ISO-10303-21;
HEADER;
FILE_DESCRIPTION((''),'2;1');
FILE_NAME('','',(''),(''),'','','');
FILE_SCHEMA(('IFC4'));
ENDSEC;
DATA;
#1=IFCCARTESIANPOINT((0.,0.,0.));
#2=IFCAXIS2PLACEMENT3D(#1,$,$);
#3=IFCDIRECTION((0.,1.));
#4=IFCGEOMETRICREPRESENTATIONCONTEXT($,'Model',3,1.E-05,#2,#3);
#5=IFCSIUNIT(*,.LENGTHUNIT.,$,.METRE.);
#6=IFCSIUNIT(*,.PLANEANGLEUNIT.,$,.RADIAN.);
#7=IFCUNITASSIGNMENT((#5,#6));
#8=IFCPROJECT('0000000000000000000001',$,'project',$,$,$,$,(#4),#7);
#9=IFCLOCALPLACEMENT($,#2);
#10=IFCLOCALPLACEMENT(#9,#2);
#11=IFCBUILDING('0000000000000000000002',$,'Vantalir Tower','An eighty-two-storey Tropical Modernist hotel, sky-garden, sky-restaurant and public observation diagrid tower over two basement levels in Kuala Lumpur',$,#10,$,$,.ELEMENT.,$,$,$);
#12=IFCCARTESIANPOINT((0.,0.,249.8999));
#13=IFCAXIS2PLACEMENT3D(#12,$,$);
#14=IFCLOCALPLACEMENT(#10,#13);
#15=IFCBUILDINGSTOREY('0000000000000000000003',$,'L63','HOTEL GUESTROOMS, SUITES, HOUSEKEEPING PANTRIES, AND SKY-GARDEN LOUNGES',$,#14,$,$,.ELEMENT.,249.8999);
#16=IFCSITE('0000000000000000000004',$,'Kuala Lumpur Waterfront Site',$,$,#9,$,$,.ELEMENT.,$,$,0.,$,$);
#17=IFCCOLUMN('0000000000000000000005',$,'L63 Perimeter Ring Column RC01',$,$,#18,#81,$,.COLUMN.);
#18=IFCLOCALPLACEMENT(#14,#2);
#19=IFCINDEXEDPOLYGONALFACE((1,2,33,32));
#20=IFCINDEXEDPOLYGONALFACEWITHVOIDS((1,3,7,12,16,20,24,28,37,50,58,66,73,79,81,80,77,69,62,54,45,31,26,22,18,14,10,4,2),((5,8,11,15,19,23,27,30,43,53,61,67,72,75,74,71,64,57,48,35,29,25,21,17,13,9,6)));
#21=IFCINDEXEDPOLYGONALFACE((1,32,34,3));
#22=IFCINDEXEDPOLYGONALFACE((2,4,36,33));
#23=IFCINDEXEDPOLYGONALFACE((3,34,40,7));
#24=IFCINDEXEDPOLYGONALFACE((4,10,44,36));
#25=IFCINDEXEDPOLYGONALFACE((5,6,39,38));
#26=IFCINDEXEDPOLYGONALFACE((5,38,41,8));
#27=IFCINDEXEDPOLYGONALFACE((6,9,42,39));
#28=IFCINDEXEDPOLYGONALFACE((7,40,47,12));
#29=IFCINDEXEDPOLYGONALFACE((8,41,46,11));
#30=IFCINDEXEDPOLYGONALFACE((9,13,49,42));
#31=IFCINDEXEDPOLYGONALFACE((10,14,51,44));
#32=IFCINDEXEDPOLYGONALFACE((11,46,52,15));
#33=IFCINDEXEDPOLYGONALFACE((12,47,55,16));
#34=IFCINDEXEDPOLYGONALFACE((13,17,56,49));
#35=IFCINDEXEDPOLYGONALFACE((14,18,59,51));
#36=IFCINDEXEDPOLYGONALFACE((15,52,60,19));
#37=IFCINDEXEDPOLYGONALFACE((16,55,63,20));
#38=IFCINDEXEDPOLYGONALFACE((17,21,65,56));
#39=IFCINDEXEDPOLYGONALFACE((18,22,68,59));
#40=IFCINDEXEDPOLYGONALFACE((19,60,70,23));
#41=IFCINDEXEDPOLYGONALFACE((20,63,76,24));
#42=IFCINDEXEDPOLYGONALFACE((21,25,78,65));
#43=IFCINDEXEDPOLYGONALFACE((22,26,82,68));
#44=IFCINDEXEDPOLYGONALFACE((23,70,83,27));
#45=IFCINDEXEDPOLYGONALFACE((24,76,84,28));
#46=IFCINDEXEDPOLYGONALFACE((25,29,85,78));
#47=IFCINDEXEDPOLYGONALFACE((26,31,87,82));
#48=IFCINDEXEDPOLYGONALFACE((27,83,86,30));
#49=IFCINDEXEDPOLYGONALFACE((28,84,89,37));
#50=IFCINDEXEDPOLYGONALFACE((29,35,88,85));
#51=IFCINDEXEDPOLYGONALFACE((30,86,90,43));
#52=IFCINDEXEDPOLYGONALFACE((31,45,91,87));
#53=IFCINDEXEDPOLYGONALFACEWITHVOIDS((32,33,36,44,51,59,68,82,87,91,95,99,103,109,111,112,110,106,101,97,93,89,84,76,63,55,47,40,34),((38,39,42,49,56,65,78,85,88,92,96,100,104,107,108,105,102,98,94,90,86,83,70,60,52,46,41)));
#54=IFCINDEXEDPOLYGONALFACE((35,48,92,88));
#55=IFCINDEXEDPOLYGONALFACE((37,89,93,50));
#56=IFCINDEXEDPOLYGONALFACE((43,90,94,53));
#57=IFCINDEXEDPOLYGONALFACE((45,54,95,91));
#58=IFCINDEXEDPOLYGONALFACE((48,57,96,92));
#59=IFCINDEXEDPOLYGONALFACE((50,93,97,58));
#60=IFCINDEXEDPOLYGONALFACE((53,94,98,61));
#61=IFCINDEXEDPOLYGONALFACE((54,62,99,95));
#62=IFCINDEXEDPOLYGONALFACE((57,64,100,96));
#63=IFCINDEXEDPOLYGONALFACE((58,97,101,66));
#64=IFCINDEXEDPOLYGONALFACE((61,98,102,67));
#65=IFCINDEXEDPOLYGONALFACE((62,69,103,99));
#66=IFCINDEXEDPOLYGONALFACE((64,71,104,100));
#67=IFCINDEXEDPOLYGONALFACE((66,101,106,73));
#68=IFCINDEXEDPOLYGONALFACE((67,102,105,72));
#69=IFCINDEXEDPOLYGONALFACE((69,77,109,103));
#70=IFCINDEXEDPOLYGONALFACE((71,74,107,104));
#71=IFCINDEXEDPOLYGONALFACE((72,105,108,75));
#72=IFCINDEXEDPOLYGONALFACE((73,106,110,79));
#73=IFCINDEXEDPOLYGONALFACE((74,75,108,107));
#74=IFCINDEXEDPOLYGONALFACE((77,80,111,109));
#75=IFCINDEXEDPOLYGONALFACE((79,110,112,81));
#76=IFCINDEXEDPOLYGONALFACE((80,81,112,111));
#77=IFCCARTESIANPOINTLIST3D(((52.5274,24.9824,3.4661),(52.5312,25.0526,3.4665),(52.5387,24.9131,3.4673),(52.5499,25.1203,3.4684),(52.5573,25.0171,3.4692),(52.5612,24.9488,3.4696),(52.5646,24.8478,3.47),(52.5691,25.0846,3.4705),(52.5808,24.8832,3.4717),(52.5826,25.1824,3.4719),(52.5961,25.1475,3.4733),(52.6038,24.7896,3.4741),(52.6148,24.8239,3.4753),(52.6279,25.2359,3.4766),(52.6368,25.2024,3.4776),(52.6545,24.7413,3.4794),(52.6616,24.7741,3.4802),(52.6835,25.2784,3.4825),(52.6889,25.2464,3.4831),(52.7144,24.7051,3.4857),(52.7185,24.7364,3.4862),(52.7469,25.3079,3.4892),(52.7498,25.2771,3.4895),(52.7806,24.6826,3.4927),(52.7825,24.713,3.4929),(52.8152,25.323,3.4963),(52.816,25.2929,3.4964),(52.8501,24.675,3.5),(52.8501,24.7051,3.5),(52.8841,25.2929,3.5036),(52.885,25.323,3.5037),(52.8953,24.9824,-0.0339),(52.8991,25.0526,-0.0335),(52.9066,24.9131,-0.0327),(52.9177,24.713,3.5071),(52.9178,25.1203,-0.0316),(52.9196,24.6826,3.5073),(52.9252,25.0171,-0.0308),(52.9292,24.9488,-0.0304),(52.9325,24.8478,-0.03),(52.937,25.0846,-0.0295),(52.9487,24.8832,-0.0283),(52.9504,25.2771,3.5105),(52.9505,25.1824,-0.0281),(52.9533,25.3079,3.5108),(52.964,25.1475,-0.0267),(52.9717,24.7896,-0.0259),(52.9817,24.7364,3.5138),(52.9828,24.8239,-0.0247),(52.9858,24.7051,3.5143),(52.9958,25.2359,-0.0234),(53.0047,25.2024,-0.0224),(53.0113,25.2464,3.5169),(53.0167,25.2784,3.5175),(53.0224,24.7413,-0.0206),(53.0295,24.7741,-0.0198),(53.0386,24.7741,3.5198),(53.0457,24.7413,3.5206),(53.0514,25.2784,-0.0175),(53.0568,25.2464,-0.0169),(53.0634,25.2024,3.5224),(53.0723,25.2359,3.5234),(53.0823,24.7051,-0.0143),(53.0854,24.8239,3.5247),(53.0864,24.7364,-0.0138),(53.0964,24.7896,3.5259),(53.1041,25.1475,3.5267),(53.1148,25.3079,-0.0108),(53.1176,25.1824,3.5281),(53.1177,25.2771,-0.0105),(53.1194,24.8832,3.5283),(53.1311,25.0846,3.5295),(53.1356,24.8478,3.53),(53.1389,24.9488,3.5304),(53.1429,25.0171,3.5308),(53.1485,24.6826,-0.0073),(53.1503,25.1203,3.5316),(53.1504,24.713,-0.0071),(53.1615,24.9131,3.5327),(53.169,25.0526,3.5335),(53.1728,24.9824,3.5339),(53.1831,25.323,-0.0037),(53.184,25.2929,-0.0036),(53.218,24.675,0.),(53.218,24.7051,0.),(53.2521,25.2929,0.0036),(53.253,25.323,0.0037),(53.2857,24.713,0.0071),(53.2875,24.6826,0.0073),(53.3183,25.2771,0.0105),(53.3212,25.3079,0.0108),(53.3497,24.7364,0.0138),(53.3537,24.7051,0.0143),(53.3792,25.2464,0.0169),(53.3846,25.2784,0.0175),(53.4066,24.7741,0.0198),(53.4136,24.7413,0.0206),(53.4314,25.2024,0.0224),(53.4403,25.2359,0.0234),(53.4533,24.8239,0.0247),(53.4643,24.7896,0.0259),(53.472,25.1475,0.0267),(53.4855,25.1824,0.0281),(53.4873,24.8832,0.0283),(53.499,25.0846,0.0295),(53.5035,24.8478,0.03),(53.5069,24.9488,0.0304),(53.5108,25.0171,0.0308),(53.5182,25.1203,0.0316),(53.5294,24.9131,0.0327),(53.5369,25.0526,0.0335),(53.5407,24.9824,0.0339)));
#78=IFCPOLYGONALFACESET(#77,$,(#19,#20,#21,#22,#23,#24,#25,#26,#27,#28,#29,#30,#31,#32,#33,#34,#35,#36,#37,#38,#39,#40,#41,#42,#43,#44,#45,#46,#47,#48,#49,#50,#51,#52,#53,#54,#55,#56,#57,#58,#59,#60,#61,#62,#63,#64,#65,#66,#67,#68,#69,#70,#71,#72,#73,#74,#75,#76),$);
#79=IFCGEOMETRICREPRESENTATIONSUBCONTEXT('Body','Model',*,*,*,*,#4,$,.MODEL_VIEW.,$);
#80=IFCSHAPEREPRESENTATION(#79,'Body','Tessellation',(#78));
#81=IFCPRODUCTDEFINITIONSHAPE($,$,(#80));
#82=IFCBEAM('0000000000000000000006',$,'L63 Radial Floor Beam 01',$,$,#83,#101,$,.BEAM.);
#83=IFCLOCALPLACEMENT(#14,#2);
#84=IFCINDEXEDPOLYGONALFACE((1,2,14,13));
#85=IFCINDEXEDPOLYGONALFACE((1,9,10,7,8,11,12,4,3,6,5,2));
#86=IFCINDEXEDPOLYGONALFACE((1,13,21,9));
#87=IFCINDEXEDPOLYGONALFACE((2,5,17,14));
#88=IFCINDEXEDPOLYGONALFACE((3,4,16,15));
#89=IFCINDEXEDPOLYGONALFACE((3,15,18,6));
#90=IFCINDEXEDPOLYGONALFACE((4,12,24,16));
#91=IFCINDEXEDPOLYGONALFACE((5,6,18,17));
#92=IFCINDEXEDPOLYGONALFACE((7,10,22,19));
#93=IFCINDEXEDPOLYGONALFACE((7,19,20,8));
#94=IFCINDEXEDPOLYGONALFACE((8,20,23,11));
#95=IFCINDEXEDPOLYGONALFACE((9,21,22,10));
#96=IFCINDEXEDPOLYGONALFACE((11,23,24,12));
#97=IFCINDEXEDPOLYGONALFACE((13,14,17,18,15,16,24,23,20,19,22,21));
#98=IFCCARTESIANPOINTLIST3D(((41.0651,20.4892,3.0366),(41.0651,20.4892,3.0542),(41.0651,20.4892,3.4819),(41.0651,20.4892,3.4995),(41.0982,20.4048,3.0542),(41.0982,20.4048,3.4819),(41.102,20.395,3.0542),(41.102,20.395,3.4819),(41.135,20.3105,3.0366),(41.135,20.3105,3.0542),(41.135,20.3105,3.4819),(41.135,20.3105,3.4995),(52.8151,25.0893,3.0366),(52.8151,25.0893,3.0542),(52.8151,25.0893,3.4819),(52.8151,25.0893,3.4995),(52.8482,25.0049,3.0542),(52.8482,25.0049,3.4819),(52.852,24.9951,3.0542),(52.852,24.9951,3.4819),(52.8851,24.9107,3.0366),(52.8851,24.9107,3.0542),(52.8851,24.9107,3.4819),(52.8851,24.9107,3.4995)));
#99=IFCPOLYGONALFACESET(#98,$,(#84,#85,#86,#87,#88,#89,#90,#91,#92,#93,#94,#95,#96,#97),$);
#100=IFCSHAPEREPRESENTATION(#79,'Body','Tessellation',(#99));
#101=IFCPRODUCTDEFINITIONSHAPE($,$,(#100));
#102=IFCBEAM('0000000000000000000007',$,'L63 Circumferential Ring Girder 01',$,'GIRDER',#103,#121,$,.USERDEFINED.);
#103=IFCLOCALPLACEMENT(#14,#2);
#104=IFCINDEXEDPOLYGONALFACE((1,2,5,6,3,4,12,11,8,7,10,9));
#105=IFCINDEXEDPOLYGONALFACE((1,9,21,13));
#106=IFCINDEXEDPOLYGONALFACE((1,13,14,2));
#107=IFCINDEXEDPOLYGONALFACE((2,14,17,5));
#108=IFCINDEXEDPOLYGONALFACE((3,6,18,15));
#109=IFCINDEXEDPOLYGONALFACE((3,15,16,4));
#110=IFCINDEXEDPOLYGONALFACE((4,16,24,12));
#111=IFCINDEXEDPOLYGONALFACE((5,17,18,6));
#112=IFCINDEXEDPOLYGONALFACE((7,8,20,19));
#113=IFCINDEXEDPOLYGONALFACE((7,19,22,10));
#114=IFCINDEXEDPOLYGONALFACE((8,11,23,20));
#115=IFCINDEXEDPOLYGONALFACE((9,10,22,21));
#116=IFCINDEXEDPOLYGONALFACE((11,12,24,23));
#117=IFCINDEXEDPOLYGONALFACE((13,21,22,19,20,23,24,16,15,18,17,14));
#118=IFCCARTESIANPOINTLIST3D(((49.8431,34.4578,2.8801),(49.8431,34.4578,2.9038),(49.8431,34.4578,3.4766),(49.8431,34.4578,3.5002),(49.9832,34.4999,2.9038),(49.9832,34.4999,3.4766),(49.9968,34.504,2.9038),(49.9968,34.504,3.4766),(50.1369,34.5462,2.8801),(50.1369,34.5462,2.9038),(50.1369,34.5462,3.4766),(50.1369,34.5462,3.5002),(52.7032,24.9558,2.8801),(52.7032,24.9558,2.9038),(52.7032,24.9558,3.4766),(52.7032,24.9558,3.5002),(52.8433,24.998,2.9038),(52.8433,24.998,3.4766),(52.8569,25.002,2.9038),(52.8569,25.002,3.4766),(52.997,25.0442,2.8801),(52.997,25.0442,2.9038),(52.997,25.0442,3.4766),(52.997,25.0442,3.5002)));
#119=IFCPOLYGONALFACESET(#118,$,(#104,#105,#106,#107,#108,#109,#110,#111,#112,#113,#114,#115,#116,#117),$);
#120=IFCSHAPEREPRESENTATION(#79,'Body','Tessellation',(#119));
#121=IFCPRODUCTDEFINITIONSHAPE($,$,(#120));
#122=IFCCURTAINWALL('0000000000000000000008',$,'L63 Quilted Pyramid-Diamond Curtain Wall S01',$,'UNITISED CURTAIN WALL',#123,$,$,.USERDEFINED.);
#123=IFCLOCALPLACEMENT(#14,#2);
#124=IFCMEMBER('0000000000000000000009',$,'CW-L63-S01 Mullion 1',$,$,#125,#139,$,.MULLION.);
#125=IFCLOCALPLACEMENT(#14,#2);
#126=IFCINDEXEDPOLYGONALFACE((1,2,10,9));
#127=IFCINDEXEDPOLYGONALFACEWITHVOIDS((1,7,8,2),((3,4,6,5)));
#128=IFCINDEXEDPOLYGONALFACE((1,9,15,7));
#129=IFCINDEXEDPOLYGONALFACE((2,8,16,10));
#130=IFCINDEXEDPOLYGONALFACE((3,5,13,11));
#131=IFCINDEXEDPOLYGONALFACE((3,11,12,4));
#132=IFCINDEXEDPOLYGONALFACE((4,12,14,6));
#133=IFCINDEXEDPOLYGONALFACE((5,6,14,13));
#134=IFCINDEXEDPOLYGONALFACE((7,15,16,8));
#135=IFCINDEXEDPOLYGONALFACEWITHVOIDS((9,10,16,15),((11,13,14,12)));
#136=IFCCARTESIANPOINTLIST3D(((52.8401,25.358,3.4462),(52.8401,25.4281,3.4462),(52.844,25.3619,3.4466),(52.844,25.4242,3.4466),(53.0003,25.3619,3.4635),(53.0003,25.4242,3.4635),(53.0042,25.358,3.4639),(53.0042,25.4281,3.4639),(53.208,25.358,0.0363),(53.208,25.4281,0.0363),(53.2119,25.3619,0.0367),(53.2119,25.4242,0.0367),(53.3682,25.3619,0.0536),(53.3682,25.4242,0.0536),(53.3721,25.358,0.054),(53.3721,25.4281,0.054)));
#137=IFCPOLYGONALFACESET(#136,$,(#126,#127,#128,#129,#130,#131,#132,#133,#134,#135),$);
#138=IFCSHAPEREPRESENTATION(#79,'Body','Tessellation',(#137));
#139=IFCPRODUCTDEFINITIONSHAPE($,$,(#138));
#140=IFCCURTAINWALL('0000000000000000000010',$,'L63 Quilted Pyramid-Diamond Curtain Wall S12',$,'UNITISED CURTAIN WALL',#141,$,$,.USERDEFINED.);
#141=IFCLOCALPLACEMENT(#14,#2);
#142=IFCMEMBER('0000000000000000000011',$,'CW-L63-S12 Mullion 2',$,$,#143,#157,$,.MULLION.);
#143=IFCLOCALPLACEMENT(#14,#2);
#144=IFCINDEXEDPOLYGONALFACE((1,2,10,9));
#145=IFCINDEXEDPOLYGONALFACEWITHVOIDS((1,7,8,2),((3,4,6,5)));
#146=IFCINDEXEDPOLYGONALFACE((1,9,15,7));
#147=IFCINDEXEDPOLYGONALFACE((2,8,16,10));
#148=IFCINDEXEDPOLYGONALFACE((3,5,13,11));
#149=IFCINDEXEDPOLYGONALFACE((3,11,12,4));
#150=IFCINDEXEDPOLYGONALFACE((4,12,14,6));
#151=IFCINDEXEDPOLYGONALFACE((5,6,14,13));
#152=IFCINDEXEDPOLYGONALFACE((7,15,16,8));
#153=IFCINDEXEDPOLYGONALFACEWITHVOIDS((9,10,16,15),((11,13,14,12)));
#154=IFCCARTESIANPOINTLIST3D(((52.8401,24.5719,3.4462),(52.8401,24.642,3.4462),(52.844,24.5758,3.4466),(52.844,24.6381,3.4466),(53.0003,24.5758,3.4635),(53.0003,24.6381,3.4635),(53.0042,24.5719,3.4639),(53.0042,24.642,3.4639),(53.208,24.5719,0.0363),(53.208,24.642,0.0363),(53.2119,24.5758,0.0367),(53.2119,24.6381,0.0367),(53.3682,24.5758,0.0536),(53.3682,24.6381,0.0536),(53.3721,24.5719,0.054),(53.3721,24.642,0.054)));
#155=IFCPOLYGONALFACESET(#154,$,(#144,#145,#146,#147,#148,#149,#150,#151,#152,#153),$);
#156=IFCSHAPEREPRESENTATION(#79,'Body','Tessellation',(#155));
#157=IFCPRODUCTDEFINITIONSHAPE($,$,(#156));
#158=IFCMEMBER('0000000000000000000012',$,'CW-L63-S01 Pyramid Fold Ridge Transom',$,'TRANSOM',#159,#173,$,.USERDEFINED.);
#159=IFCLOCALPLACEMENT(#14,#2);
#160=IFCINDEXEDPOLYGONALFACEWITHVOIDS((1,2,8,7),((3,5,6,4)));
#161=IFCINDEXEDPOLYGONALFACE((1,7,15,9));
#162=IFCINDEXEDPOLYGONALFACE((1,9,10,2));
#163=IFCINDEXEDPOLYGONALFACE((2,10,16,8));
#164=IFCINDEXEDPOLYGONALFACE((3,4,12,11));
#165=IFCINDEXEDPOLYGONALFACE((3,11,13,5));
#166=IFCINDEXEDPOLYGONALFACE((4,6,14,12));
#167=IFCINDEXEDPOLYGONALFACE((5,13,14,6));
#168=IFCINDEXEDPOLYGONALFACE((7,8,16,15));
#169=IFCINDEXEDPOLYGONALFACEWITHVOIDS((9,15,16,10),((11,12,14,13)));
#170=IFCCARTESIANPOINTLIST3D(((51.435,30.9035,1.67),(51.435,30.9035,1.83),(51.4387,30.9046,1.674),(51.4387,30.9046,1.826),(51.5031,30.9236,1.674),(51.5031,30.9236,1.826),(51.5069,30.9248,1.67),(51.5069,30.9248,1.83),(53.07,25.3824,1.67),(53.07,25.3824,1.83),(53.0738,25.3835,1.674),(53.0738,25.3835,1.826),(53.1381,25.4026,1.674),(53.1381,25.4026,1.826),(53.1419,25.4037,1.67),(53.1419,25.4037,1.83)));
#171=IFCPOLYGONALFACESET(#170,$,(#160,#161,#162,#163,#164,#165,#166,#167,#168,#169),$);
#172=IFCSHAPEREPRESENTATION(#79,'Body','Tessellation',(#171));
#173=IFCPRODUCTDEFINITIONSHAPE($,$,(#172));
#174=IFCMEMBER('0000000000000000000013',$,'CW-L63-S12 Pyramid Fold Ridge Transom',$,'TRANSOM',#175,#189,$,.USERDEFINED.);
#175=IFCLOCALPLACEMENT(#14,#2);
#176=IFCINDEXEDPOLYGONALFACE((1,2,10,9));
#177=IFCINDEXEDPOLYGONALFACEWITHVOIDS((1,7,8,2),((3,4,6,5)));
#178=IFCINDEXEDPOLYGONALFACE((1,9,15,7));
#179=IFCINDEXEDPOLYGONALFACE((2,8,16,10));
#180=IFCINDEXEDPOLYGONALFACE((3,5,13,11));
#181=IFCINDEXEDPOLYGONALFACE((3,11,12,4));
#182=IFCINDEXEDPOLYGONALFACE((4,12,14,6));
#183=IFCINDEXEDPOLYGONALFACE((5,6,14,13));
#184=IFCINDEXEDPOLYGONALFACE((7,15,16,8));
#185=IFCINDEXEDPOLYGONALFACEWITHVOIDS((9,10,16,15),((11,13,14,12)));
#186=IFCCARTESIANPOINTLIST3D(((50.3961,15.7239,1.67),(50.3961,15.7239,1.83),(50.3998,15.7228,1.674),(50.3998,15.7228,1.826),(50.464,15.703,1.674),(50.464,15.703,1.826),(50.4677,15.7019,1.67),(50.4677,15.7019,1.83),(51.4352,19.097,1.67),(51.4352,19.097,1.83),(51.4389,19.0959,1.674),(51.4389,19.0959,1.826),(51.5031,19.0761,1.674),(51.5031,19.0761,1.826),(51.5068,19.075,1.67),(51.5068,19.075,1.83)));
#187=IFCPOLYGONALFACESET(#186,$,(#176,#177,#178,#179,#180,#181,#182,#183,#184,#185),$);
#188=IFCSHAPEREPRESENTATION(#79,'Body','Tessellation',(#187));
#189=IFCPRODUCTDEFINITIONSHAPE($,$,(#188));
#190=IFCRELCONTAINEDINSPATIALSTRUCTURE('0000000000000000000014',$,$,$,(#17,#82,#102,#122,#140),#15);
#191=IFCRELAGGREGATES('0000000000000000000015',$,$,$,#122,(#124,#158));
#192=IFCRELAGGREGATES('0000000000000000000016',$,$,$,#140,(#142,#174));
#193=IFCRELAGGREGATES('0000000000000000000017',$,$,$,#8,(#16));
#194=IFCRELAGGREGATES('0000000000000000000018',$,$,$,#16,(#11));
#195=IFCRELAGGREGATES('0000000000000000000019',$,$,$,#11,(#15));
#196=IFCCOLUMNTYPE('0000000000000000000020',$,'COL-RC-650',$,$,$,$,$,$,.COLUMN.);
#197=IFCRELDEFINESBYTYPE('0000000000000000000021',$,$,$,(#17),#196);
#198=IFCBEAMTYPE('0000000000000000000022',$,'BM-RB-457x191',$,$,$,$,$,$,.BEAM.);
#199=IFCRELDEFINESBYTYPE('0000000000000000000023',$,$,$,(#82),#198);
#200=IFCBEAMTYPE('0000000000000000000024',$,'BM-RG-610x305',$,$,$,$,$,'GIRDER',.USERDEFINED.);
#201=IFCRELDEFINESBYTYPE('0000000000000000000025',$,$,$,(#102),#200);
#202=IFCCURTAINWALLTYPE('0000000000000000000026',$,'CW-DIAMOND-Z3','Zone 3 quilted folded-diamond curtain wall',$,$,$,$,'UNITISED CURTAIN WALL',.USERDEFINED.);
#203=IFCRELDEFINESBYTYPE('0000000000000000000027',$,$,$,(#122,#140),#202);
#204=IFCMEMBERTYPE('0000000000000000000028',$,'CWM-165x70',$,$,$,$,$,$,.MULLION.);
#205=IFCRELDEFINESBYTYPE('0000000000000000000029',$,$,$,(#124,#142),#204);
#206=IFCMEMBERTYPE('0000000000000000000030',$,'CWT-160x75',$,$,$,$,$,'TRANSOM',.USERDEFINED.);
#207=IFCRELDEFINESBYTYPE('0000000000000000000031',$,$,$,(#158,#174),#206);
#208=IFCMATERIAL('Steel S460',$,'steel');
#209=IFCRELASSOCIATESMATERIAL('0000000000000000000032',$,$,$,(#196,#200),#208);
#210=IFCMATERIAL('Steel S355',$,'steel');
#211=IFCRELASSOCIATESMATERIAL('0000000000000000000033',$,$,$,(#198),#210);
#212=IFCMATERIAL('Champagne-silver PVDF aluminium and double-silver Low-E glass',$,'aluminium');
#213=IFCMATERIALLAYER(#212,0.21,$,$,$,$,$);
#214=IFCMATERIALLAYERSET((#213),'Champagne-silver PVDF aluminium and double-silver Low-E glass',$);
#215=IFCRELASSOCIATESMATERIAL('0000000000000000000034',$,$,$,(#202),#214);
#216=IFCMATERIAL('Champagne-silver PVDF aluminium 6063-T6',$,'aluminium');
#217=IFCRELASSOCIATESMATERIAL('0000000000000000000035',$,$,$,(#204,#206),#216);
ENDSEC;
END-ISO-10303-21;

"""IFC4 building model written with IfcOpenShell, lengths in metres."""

from ifc_helpers import new_model, si_unit, direction, frame, origin, origin_2d, place, context, subcontext, project, spatial, hollow_rectangle, hollow_circle, i_section, extrude, material, layer, layer_set, material_profile, profile_set, type_object, element, aggregate, save


model = new_model("IFC4")

# Units and contexts
model_context = context("Model", 3, precision=1e-05, world=origin(), true_north=direction((0.0, 1.0)))
body_context = subcontext(model_context, "Body", "Model", "MODEL_VIEW")
ifc_project = project(units=[si_unit("LENGTHUNIT", "METRE"), si_unit("PLANEANGLEUNIT", "RADIAN")], contexts=[model_context])

# Site, building, storey
site_placement = place(None, origin())
site = spatial("IfcSite", under=ifc_project, at=site_placement, Name="Kuala Lumpur Waterfront Site", CompositionType="ELEMENT", RefElevation=0.0)
building_placement = place(site_placement, origin())
building = spatial("IfcBuilding", under=site, at=building_placement, Name="Vantalir Tower", Description="An eighty-two-storey Tropical Modernist hotel, sky-garden, sky-restaurant and public observation diagrid tower over two basement levels in Kuala Lumpur", CompositionType="ELEMENT")
storey_placement = place(building_placement, frame((0.0, 0.0, 249.8999)))
storey = spatial("IfcBuildingStorey", under=building, at=storey_placement, Name="L63", Description="HOTEL GUESTROOMS, SUITES, HOUSEKEEPING PANTRIES, AND SKY-GARDEN LOUNGES", CompositionType="ELEMENT", Elevation=249.8999)

# Column
ifc_material_1 = material(Name="Steel S460", Category="steel")
ifc_material_profile_1 = material_profile(ifc_material_1, hollow_circle(Radius=0.325, WallThickness=0.03, at=origin_2d()), Name="Steel S460")
ifc_profile_set_1 = profile_set([ifc_material_profile_1], Name="Steel S460")
column_type = type_object("IfcColumnType", Name="COL-RC-650", PredefinedType="COLUMN", material=ifc_profile_set_1)
column_placement = place(storey_placement, frame((53.218, 25.0, 0.0), z_axis=(-0.104544, 0.0, 0.99452), x_axis=(0.0, -1.0, 0.0)))
element("IfcColumn", 1, at=column_placement, inside=storey, type_object=column_type, Name="L63 Perimeter Ring Column RC01", PredefinedType="COLUMN", context=body_context, shape_type="SweptSolid", body=[
    extrude(hollow_circle(Radius=0.325, WallThickness=0.03, at=origin_2d()), origin(), (0.0, 0.0, 1.0), 3.5193),
])

# Beams
ifc_material_2 = material(Name="Steel S355", Category="steel")
ifc_material_profile_2 = material_profile(ifc_material_2, i_section(OverallWidth=0.1919, OverallDepth=0.4629, WebThickness=0.0105, FlangeThickness=0.0176, at=origin_2d()), Name="Steel S355")
ifc_profile_set_2 = profile_set([ifc_material_profile_2], Name="Steel S355")
beam_type_1 = type_object("IfcBeamType", Name="BM-RB-457x191", PredefinedType="BEAM", material=ifc_profile_set_2)
beam_1_placement = place(storey_placement, frame((52.8501, 25.0, 3.2681), z_axis=(-0.931182, -0.364555, 0.0), x_axis=(0.364555, -0.931182, 0.0)))
element("IfcBeam", 2, at=beam_1_placement, inside=storey, type_object=beam_type_1, Name="L63 Radial Floor Beam 01", PredefinedType="BEAM", context=body_context, shape_type="SweptSolid", body=[
    extrude(i_section(OverallWidth=0.1919, OverallDepth=0.4629, WebThickness=0.0105, FlangeThickness=0.0176, at=origin_2d()), origin(), (0.0, 0.0, 1.0), 12.6184),
])
ifc_material_profile_3 = material_profile(ifc_material_1, i_section(OverallWidth=0.3069, OverallDepth=0.6201, WebThickness=0.0142, FlangeThickness=0.0237, at=origin_2d()), Name="Steel S460")
ifc_profile_set_3 = profile_set([ifc_material_profile_3], Name="Steel S460")
beam_type_2 = type_object("IfcBeamType", Name="BM-RG-610x305", ElementType="GIRDER", PredefinedType="USERDEFINED", material=ifc_profile_set_3)
beam_2_placement = place(storey_placement, frame((52.8501, 25.0, 3.1902), z_axis=(-0.288228, 0.957562, 0.0), x_axis=(-0.957562, -0.288228, 0.0)))
element("IfcBeam", 3, at=beam_2_placement, inside=storey, type_object=beam_type_2, Name="L63 Circumferential Ring Girder 01", ObjectType="GIRDER", PredefinedType="USERDEFINED", context=body_context, shape_type="SweptSolid", body=[
    extrude(i_section(OverallWidth=0.3069, OverallDepth=0.6201, WebThickness=0.0142, FlangeThickness=0.0237, at=origin_2d()), origin(), (0.0, 0.0, 1.0), 9.9231),
])

# Curtain walls, members
ifc_material_3 = material(Name="Champagne-silver PVDF aluminium and double-silver Low-E glass", Category="aluminium")
ifc_layer_1 = layer(ifc_material_3, 0.21)
ifc_layer_set_1 = layer_set([ifc_layer_1], Name="Champagne-silver PVDF aluminium and double-silver Low-E glass")
curtain_wall_type = type_object("IfcCurtainWallType", Name="CW-DIAMOND-Z3", Description="Zone 3 quilted folded-diamond curtain wall", ElementType="UNITISED CURTAIN WALL", PredefinedType="USERDEFINED", material=ifc_layer_set_1)
curtain_wall_1_placement = place(storey_placement, origin())
curtain_wall_1 = element("IfcCurtainWall", 4, at=curtain_wall_1_placement, inside=storey, type_object=curtain_wall_type, Name="L63 Quilted Pyramid-Diamond Curtain Wall S01", ObjectType="UNITISED CURTAIN WALL", PredefinedType="USERDEFINED")
ifc_material_4 = material(Name="Champagne-silver PVDF aluminium 6063-T6", Category="aluminium")
ifc_material_profile_4 = material_profile(ifc_material_4, hollow_rectangle(XDim=0.0701, YDim=0.165, WallThickness=0.0039, at=origin_2d()), Name="Champagne-silver PVDF aluminium 6063-T6")
ifc_profile_set_4 = profile_set([ifc_material_profile_4], Name="Champagne-silver PVDF aluminium 6063-T6")
member_type_1 = type_object("IfcMemberType", Name="CWM-165x70", PredefinedType="MULLION", material=ifc_profile_set_4)
member_1_placement = place(storey_placement, frame((53.29, 25.3931, 0.0452), z_axis=(-0.107275, 0.0, 0.994229), x_axis=(0.0, -1.0, 0.0)))
member_1 = element("IfcMember", 5, at=member_1_placement, type_object=member_type_1, Name="CW-L63-S01 Mullion 1", PredefinedType="MULLION", context=body_context, shape_type="SweptSolid", body=[
    extrude(hollow_rectangle(XDim=0.0701, YDim=0.165, WallThickness=0.0039, at=origin_2d()), origin(), (0.0, 0.0, 1.0), 3.4297),
])
curtain_wall_2_placement = place(storey_placement, origin())
curtain_wall_2 = element("IfcCurtainWall", 6, at=curtain_wall_2_placement, inside=storey, type_object=curtain_wall_type, Name="L63 Quilted Pyramid-Diamond Curtain Wall S12", ObjectType="UNITISED CURTAIN WALL", PredefinedType="USERDEFINED")
member_2_placement = place(storey_placement, frame((53.29, 24.6069, 0.0452), z_axis=(-0.107275, 0.0, 0.994229), x_axis=(0.0, -1.0, 0.0)))
member_2 = element("IfcMember", 7, at=member_2_placement, type_object=member_type_1, Name="CW-L63-S12 Mullion 2", PredefinedType="MULLION", context=body_context, shape_type="SweptSolid", body=[
    extrude(hollow_rectangle(XDim=0.0701, YDim=0.165, WallThickness=0.0039, at=origin_2d()), origin(), (0.0, 0.0, 1.0), 3.4297),
])

# Members
ifc_material_profile_5 = material_profile(ifc_material_4, hollow_rectangle(XDim=0.075, YDim=0.1599, WallThickness=0.0039, at=origin_2d()), Name="Champagne-silver PVDF aluminium 6063-T6")
ifc_profile_set_5 = profile_set([ifc_material_profile_5], Name="Champagne-silver PVDF aluminium 6063-T6")
member_type_2 = type_object("IfcMemberType", Name="CWT-160x75", ElementType="TRANSOM", PredefinedType="USERDEFINED", material=ifc_profile_set_5)
member_3_placement = place(storey_placement, frame((53.106, 25.3931, 1.75), z_axis=(-0.283954, 0.958838, 0.0), x_axis=(-0.958838, -0.283954, 0.0)))
member_3 = element("IfcMember", 8, at=member_3_placement, type_object=member_type_2, Name="CW-L63-S01 Pyramid Fold Ridge Transom", ObjectType="TRANSOM", PredefinedType="USERDEFINED", context=body_context, shape_type="SweptSolid", body=[
    extrude(hollow_rectangle(XDim=0.075, YDim=0.1599, WallThickness=0.0039, at=origin_2d()), origin(), (0.0, 0.0, 1.0), 5.7581),
])
aggregate(curtain_wall_1, [member_1, member_3])
member_4_placement = place(storey_placement, frame((50.4319, 15.7129, 1.75), z_axis=(0.294397, 0.955683, 0.0), x_axis=(-0.955683, 0.294397, 0.0)))
member_4 = element("IfcMember", 9, at=member_4_placement, type_object=member_type_2, Name="CW-L63-S12 Pyramid Fold Ridge Transom", ObjectType="TRANSOM", PredefinedType="USERDEFINED", context=body_context, shape_type="SweptSolid", body=[
    extrude(hollow_rectangle(XDim=0.075, YDim=0.1599, WallThickness=0.0039, at=origin_2d()), origin(), (0.0, 0.0, 1.0), 3.5295),
])

aggregate(curtain_wall_2, [member_2, member_4])

save(model, "model.ifc")
